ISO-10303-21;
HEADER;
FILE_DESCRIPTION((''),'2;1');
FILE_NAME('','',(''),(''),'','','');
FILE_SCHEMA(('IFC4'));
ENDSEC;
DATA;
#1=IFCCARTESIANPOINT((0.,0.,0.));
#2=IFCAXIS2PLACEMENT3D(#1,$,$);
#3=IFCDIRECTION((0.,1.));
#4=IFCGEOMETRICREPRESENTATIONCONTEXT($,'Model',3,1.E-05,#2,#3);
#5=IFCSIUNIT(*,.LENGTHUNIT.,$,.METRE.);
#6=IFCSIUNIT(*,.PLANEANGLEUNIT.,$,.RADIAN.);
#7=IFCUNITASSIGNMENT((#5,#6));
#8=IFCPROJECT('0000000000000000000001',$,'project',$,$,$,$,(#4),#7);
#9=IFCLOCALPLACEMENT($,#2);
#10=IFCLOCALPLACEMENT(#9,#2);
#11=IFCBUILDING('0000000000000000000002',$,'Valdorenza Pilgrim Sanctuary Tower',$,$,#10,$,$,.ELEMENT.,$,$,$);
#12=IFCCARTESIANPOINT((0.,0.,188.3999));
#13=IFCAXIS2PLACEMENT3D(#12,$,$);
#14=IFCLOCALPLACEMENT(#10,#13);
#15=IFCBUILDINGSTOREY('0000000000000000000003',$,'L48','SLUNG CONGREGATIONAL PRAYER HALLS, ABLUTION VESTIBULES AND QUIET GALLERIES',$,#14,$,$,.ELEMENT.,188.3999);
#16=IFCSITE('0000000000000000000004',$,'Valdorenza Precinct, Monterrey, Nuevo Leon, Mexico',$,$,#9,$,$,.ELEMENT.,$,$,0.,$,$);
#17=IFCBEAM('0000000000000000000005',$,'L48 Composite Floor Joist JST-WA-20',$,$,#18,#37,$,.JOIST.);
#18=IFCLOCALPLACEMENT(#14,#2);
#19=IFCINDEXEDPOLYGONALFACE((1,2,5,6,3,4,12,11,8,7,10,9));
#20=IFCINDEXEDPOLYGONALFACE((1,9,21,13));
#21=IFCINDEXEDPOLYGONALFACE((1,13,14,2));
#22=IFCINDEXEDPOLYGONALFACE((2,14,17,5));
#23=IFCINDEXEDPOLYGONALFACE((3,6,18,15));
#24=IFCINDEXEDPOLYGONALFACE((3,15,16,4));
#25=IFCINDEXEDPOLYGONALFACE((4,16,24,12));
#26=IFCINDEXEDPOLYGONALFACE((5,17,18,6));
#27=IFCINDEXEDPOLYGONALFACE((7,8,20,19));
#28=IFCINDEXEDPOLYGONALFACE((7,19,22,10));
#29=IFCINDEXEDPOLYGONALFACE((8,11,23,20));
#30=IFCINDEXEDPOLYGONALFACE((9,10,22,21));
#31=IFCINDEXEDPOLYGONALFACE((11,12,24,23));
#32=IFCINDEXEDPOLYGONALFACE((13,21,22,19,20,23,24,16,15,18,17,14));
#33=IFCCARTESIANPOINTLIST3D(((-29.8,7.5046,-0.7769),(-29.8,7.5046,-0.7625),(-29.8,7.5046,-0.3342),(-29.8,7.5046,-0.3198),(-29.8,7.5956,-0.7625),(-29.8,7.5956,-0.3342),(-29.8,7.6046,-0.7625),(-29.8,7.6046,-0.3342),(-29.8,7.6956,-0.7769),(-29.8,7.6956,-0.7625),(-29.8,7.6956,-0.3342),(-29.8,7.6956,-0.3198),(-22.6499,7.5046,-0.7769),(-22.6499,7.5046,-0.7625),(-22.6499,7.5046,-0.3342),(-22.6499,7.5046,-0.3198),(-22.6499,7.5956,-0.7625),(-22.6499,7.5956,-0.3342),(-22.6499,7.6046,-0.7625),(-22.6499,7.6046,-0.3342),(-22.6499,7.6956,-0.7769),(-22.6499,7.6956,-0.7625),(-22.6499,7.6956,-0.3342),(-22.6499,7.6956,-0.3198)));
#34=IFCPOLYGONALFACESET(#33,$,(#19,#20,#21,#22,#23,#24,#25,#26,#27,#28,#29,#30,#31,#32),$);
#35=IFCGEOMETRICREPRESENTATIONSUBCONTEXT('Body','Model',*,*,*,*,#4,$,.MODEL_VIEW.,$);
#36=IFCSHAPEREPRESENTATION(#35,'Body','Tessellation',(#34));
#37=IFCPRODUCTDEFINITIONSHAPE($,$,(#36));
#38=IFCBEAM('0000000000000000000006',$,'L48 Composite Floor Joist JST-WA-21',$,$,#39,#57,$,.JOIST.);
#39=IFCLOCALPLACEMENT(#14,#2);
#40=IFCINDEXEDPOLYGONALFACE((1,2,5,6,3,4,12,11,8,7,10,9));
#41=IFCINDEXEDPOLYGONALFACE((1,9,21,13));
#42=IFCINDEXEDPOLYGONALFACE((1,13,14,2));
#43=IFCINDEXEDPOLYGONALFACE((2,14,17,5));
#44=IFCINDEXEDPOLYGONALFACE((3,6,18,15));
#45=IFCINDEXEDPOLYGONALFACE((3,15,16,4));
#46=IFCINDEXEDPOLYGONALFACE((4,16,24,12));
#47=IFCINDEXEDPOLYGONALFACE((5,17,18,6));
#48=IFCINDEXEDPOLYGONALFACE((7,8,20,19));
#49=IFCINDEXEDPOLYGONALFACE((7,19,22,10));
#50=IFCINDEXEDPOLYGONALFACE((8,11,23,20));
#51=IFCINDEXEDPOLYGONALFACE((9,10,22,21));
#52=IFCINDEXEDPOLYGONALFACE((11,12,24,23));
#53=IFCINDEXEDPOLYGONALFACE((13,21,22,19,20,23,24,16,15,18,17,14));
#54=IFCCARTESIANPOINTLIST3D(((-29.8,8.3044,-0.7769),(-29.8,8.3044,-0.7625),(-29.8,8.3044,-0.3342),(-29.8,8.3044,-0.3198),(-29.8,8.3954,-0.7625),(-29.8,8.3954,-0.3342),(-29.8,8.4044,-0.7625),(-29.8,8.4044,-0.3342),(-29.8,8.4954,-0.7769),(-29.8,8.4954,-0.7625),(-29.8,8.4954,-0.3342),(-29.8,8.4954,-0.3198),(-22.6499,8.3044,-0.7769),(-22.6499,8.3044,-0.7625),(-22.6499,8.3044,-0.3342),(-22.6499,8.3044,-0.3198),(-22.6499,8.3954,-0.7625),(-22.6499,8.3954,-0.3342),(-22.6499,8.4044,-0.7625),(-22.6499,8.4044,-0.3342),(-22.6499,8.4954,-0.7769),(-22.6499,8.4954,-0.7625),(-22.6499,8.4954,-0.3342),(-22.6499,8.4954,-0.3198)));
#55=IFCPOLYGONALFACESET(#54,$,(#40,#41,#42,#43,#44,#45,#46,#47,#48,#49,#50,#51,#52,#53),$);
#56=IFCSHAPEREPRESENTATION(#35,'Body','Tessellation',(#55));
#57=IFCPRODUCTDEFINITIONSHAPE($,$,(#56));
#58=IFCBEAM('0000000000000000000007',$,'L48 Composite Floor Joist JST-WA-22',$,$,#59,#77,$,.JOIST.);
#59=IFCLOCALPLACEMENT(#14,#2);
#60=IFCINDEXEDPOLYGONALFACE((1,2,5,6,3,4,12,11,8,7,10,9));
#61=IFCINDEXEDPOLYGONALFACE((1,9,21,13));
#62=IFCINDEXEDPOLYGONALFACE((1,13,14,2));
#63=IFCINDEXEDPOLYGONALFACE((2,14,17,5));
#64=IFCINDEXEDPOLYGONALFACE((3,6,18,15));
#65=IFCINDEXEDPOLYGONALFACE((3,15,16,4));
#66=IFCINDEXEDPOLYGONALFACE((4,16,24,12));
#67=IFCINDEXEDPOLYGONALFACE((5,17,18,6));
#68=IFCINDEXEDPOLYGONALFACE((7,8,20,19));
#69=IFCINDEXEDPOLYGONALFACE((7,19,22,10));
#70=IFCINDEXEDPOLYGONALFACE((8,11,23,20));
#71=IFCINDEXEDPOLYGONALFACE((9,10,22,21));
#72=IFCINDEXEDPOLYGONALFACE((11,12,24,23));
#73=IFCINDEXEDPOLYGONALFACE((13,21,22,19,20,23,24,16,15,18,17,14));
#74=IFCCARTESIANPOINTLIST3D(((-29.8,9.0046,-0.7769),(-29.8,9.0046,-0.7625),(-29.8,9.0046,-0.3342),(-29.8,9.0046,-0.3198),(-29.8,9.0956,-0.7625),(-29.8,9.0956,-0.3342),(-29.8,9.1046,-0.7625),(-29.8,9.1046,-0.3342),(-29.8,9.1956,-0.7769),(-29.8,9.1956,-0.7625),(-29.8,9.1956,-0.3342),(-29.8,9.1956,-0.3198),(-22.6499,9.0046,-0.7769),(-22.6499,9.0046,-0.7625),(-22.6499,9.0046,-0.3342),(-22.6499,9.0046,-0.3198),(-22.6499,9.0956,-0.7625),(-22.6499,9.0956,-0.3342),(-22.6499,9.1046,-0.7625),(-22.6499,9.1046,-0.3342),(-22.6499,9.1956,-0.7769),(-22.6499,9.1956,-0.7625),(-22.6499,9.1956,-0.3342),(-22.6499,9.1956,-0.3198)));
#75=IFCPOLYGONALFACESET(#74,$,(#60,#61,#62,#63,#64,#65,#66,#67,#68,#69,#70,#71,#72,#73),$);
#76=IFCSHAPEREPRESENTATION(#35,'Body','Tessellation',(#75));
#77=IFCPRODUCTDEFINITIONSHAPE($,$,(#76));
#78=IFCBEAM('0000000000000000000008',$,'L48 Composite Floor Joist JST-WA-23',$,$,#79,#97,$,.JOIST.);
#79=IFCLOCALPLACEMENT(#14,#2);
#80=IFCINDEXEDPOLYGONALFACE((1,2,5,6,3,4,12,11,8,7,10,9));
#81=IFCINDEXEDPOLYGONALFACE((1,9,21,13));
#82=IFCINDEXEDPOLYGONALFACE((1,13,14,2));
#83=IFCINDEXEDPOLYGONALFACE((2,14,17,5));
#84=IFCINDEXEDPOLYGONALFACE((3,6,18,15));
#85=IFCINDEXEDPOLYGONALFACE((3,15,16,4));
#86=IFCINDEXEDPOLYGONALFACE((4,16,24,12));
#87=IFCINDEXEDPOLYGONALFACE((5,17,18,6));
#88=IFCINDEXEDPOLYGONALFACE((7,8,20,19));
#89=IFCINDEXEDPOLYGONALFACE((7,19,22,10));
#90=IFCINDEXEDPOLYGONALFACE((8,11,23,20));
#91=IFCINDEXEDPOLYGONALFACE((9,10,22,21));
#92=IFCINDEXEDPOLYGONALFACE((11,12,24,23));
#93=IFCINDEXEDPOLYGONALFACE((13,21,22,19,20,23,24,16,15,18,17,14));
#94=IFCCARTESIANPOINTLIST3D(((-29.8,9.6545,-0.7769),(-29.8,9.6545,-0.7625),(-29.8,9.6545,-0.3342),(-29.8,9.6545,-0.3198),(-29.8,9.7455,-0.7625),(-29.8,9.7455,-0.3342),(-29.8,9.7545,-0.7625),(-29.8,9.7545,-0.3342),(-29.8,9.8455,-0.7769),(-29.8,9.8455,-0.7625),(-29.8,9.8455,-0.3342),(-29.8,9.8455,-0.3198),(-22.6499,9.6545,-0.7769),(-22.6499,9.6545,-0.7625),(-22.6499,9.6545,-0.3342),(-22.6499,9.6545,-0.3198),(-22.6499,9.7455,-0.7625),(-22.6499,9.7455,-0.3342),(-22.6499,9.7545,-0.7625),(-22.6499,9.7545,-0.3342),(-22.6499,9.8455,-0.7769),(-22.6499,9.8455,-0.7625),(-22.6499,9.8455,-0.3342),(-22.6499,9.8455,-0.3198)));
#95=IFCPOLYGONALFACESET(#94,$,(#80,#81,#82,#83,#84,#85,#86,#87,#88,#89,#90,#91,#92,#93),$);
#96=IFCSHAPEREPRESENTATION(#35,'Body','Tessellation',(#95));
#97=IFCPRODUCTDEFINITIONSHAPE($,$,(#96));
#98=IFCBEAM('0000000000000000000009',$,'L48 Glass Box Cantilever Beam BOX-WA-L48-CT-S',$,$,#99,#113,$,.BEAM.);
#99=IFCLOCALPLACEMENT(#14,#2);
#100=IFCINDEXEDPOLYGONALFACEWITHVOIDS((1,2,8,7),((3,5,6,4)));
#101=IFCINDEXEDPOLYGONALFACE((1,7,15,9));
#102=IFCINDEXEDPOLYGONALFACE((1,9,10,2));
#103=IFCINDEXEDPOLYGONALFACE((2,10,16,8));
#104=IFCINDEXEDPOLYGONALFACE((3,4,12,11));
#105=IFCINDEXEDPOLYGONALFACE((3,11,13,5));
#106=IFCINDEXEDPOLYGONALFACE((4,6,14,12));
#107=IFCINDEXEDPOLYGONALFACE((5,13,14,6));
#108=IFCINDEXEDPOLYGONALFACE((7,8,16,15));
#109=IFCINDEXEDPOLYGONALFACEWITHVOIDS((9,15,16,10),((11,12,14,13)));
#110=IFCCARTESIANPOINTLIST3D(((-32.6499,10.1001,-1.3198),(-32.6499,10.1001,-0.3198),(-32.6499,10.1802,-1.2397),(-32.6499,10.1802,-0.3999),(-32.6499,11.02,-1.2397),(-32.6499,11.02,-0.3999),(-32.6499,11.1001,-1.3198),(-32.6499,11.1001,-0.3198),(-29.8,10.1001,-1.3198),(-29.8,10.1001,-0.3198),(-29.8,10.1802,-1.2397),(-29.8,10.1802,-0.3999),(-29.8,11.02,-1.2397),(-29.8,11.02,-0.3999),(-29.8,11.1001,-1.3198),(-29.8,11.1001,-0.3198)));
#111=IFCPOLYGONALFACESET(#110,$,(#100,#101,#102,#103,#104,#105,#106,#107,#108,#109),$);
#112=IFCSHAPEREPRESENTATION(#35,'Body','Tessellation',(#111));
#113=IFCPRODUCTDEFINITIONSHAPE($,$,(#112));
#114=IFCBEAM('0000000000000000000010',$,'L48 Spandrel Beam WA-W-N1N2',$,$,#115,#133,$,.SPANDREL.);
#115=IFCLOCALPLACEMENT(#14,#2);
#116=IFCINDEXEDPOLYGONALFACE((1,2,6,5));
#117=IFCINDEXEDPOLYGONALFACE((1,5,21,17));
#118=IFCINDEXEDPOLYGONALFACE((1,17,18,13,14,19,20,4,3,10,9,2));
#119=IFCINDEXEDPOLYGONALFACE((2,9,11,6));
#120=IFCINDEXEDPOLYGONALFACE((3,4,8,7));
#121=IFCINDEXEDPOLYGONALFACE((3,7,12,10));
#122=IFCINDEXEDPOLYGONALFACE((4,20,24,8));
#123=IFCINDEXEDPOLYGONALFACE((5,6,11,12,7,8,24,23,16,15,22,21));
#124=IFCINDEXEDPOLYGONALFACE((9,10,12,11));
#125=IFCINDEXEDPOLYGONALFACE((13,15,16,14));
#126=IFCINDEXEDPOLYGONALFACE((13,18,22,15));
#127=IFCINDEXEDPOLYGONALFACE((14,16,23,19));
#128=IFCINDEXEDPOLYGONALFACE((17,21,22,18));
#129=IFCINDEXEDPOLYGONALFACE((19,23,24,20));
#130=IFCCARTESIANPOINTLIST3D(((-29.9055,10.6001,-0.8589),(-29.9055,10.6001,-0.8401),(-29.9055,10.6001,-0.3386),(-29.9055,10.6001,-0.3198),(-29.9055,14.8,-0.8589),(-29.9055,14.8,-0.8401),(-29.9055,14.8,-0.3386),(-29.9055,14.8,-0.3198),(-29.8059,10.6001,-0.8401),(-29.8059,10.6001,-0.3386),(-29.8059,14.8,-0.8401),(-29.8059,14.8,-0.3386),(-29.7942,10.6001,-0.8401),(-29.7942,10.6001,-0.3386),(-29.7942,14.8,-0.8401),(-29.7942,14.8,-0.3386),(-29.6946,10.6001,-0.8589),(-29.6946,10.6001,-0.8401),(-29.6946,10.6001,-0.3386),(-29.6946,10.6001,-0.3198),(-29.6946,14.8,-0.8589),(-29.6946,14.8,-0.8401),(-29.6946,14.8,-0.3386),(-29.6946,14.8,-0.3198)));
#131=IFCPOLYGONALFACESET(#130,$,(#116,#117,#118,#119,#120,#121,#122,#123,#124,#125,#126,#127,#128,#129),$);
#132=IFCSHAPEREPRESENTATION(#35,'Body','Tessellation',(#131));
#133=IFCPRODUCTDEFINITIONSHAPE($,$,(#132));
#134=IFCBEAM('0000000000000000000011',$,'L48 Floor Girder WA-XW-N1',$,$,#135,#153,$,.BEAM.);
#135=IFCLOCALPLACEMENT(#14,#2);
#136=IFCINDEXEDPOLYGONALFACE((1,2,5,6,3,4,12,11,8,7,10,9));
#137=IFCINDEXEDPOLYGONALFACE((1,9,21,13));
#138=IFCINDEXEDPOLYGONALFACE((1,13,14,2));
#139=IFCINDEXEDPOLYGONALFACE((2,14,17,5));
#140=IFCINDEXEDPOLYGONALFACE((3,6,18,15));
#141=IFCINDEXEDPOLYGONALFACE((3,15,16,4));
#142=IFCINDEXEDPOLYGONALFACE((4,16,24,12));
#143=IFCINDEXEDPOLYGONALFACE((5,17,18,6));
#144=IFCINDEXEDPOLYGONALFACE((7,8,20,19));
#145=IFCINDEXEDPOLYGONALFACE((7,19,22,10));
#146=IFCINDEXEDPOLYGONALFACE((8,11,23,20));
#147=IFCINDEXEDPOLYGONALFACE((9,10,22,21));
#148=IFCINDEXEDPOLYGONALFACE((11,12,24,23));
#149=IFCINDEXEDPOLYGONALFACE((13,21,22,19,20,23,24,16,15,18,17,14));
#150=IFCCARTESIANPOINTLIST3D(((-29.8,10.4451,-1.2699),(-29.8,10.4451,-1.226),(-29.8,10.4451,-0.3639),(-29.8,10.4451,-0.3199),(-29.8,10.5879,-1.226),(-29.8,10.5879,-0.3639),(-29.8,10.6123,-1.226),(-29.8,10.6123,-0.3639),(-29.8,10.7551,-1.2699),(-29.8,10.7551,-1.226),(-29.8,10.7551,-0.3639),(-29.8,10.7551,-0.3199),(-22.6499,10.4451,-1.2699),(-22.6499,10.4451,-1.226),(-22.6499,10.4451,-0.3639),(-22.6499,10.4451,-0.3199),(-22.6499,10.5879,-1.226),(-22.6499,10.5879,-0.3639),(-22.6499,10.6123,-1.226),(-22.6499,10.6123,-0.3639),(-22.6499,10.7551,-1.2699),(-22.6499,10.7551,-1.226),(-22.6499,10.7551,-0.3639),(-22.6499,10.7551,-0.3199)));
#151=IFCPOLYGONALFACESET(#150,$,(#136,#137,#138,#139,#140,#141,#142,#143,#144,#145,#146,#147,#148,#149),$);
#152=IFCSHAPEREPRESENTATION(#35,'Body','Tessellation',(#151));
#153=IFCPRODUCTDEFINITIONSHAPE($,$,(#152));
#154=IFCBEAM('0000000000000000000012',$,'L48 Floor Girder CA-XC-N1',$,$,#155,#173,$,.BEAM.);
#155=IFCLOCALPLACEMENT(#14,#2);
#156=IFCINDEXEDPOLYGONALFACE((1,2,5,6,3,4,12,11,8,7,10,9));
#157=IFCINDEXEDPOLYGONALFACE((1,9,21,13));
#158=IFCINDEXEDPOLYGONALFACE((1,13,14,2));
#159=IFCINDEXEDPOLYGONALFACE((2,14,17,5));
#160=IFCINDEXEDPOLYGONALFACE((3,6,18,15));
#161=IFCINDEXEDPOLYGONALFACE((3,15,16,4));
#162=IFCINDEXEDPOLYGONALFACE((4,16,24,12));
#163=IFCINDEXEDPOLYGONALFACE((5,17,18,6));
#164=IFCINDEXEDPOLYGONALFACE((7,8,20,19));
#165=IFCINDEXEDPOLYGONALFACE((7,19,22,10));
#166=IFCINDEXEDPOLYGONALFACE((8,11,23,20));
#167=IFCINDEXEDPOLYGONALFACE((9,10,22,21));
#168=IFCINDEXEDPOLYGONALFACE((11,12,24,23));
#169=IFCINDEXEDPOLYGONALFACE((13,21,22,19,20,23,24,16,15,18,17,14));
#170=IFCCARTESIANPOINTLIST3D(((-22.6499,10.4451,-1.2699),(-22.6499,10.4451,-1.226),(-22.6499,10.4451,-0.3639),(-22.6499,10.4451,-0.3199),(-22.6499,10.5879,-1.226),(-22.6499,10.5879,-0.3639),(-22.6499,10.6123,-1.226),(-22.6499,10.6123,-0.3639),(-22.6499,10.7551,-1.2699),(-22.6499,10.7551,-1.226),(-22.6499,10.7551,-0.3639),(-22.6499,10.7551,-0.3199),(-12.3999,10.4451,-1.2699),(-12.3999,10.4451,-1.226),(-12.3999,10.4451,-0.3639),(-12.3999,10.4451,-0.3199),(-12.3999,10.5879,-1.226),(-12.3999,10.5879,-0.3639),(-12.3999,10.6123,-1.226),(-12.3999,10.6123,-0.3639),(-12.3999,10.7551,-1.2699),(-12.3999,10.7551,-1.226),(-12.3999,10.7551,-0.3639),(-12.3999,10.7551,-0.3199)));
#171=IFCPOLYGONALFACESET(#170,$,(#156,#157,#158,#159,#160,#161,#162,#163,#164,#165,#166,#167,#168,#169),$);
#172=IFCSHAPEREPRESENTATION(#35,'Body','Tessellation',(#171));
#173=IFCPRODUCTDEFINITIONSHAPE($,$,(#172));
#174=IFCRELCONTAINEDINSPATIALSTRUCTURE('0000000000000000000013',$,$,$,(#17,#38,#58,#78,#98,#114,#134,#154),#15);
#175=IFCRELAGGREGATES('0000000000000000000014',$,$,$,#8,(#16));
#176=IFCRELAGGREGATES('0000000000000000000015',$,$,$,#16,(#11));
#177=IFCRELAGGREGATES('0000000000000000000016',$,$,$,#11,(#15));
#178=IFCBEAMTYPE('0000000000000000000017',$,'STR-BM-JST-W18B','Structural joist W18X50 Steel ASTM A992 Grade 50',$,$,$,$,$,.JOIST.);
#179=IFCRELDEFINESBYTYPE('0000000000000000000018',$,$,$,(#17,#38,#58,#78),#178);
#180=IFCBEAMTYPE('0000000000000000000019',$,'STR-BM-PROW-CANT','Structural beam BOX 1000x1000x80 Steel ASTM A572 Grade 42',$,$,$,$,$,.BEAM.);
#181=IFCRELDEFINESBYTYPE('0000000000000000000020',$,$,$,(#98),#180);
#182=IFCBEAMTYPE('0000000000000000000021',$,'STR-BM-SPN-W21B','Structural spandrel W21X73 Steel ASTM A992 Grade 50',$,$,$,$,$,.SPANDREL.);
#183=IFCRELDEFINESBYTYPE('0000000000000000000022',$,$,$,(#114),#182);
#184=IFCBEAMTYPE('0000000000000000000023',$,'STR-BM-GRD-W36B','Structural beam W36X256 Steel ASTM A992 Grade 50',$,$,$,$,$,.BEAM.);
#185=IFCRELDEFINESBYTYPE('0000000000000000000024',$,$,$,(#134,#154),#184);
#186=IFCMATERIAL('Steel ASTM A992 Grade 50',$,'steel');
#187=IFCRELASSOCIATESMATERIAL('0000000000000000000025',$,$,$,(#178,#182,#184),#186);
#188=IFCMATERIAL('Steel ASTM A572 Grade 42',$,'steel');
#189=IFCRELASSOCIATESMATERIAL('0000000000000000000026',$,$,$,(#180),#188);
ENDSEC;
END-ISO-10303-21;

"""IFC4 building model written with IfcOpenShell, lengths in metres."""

from ifc_helpers import new_model, si_unit, direction, frame, origin, origin_2d, place, context, subcontext, project, spatial, hollow_rectangle, i_section, extrude, source, transform, mapped, material, material_profile, profile_set, type_object, element, save


model = new_model("IFC4")

# Units and contexts
model_context = context("Model", 3, precision=1e-05, world=origin(), true_north=direction((0.0, 1.0)))
body_context = subcontext(model_context, "Body", "Model", "MODEL_VIEW")
ifc_project = project(units=[si_unit("LENGTHUNIT", "METRE"), si_unit("PLANEANGLEUNIT", "RADIAN")], contexts=[model_context])

# Site, building, storey
site_placement = place(None, origin())
site = spatial("IfcSite", under=ifc_project, at=site_placement, Name="Valdorenza Precinct, Monterrey, Nuevo Leon, Mexico", CompositionType="ELEMENT", RefElevation=0.0)
building_placement = place(site_placement, origin())
building = spatial("IfcBuilding", under=site, at=building_placement, Name="Valdorenza Pilgrim Sanctuary Tower", CompositionType="ELEMENT")
storey_placement = place(building_placement, frame((0.0, 0.0, 188.3999)))
storey = spatial("IfcBuildingStorey", under=building, at=storey_placement, Name="L48", Description="SLUNG CONGREGATIONAL PRAYER HALLS, ABLUTION VESTIBULES AND QUIET GALLERIES", CompositionType="ELEMENT", Elevation=188.3999)

# Beams
ifc_material_1 = material(Name="Steel ASTM A992 Grade 50", Category="steel")
ifc_material_profile_1 = material_profile(ifc_material_1, i_section(OverallWidth=0.1909, OverallDepth=0.457, WebThickness=0.009, FlangeThickness=0.0144, at=origin_2d()), Name="W18X50")
ifc_profile_set_1 = profile_set([ifc_material_profile_1], Name="Steel ASTM A992 Grade 50")
beam_type_1 = type_object("IfcBeamType", Name="STR-BM-JST-W18B", Description="Structural joist W18X50 Steel ASTM A992 Grade 50", PredefinedType="JOIST", material=ifc_profile_set_1)
shared_shape_1 = source(origin(), body_context, "Body", "SweptSolid", [
    extrude(i_section(OverallWidth=0.1909, OverallDepth=0.457, WebThickness=0.009, FlangeThickness=0.0144, at=origin_2d()), origin(), (0.0, 0.0, 1.0), 7.1501),
])
for number, where, z_axis, x_axis, name in (
    (1, (-29.8, 7.6001, -0.5483), (1.0, 0.0, 0.0), (0.0, 1.0, 0.0), "L48 Composite Floor Joist JST-WA-20"),
    (2, (-29.8, 8.3999, -0.5483), (1.0, 0.0, 0.0), (0.0, 1.0, 0.0), "L48 Composite Floor Joist JST-WA-21"),
    (3, (-29.8, 9.1001, -0.5483), (1.0, 0.0, 0.0), (0.0, 1.0, 0.0), "L48 Composite Floor Joist JST-WA-22"),
    (4, (-29.8, 9.75, -0.5483), (1.0, 0.0, 0.0), (0.0, 1.0, 0.0), "L48 Composite Floor Joist JST-WA-23"),
):
    element("IfcBeam", number, at=place(storey_placement, frame(where, z_axis=z_axis, x_axis=x_axis)), inside=storey, type_object=beam_type_1, Name=name, PredefinedType="JOIST", context=body_context, shape_type="MappedRepresentation", body=[
        mapped(shared_shape_1, transform((0.0, 0.0, 0.0), x_axis=(1.0, 0.0, 0.0), y_axis=(0.0, 1.0, 0.0), z_axis=(0.0, 0.0, 1.0), scale=1.0)),
    ])
ifc_material_2 = material(Name="Steel ASTM A572 Grade 42", Category="steel")
ifc_material_profile_2 = material_profile(ifc_material_2, hollow_rectangle(XDim=1.0, YDim=1.0, WallThickness=0.0801, at=origin_2d()), Name="BOX 1000x1000x80")
ifc_profile_set_2 = profile_set([ifc_material_profile_2], Name="Steel ASTM A572 Grade 42")
beam_type_2 = type_object("IfcBeamType", Name="STR-BM-PROW-CANT", Description="Structural beam BOX 1000x1000x80 Steel ASTM A572 Grade 42", PredefinedType="BEAM", material=ifc_profile_set_2)
shared_shape_2 = source(origin(), body_context, "Body", "SweptSolid", [
    extrude(hollow_rectangle(XDim=1.0, YDim=1.0, WallThickness=0.0801, at=origin_2d()), origin(), (0.0, 0.0, 1.0), 2.8499),
])
beam_1_placement = place(storey_placement, frame((-29.8, 10.6001, -0.8198), z_axis=(-1.0, 0.0, 0.0), x_axis=(0.0, -1.0, 0.0)))
element("IfcBeam", 5, at=beam_1_placement, inside=storey, type_object=beam_type_2, Name="L48 Glass Box Cantilever Beam BOX-WA-L48-CT-S", PredefinedType="BEAM", context=body_context, shape_type="MappedRepresentation", body=[
    mapped(shared_shape_2, transform((0.0, 0.0, 0.0), x_axis=(1.0, 0.0, 0.0), y_axis=(0.0, 1.0, 0.0), z_axis=(0.0, 0.0, 1.0), scale=1.0)),
])
ifc_material_profile_3 = material_profile(ifc_material_1, i_section(OverallWidth=0.2109, OverallDepth=0.5391, WebThickness=0.0117, FlangeThickness=0.0188, at=origin_2d()), Name="W21X73")
ifc_profile_set_3 = profile_set([ifc_material_profile_3], Name="Steel ASTM A992 Grade 50")
beam_type_3 = type_object("IfcBeamType", Name="STR-BM-SPN-W21B", Description="Structural spandrel W21X73 Steel ASTM A992 Grade 50", PredefinedType="SPANDREL", material=ifc_profile_set_3)
shared_shape_3 = source(origin(), body_context, "Body", "SweptSolid", [
    extrude(i_section(OverallWidth=0.2109, OverallDepth=0.5391, WebThickness=0.0117, FlangeThickness=0.0188, at=origin_2d()), origin(), (0.0, 0.0, 1.0), 4.2),
])
beam_2_placement = place(storey_placement, frame((-29.8, 10.6001, -0.5894), z_axis=(0.0, 1.0, 0.0), x_axis=(-1.0, 0.0, 0.0)))
element("IfcBeam", 6, at=beam_2_placement, inside=storey, type_object=beam_type_3, Name="L48 Spandrel Beam WA-W-N1N2", PredefinedType="SPANDREL", context=body_context, shape_type="MappedRepresentation", body=[
    mapped(shared_shape_3, transform((0.0, 0.0, 0.0), x_axis=(1.0, 0.0, 0.0), y_axis=(0.0, 1.0, 0.0), z_axis=(0.0, 0.0, 1.0), scale=1.0)),
])
ifc_material_profile_4 = material_profile(ifc_material_1, i_section(OverallWidth=0.3101, OverallDepth=0.95, WebThickness=0.0244, FlangeThickness=0.0439, at=origin_2d()), Name="W36X256")
ifc_profile_set_4 = profile_set([ifc_material_profile_4], Name="Steel ASTM A992 Grade 50")
beam_type_4 = type_object("IfcBeamType", Name="STR-BM-GRD-W36B", Description="Structural beam W36X256 Steel ASTM A992 Grade 50", PredefinedType="BEAM", material=ifc_profile_set_4)
shared_shape_4 = source(origin(), body_context, "Body", "SweptSolid", [
    extrude(i_section(OverallWidth=0.3101, OverallDepth=0.95, WebThickness=0.0244, FlangeThickness=0.0439, at=origin_2d()), origin(), (0.0, 0.0, 1.0), 7.1501),
])
beam_3_placement = place(storey_placement, frame((-29.8, 10.6001, -0.7949), z_axis=(1.0, 0.0, 0.0), x_axis=(0.0, 1.0, 0.0)))
element("IfcBeam", 7, at=beam_3_placement, inside=storey, type_object=beam_type_4, Name="L48 Floor Girder WA-XW-N1", PredefinedType="BEAM", context=body_context, shape_type="MappedRepresentation", body=[
    mapped(shared_shape_4, transform((0.0, 0.0, 0.0), x_axis=(1.0, 0.0, 0.0), y_axis=(0.0, 1.0, 0.0), z_axis=(0.0, 0.0, 1.0), scale=1.0)),
])
shared_shape_5 = source(origin(), body_context, "Body", "SweptSolid", [
    extrude(i_section(OverallWidth=0.3101, OverallDepth=0.95, WebThickness=0.0244, FlangeThickness=0.0439, at=origin_2d()), origin(), (0.0, 0.0, 1.0), 10.25),
])
beam_4_placement = place(storey_placement, frame((-22.6499, 10.6001, -0.7949), z_axis=(1.0, 0.0, 0.0), x_axis=(0.0, 1.0, 0.0)))
element("IfcBeam", 8, at=beam_4_placement, inside=storey, type_object=beam_type_4, Name="L48 Floor Girder CA-XC-N1", PredefinedType="BEAM", context=body_context, shape_type="MappedRepresentation", body=[
    mapped(shared_shape_5, transform((0.0, 0.0, 0.0), x_axis=(1.0, 0.0, 0.0), y_axis=(0.0, 1.0, 0.0), z_axis=(0.0, 0.0, 1.0), scale=1.0)),
])

save(model, "model.ifc")
